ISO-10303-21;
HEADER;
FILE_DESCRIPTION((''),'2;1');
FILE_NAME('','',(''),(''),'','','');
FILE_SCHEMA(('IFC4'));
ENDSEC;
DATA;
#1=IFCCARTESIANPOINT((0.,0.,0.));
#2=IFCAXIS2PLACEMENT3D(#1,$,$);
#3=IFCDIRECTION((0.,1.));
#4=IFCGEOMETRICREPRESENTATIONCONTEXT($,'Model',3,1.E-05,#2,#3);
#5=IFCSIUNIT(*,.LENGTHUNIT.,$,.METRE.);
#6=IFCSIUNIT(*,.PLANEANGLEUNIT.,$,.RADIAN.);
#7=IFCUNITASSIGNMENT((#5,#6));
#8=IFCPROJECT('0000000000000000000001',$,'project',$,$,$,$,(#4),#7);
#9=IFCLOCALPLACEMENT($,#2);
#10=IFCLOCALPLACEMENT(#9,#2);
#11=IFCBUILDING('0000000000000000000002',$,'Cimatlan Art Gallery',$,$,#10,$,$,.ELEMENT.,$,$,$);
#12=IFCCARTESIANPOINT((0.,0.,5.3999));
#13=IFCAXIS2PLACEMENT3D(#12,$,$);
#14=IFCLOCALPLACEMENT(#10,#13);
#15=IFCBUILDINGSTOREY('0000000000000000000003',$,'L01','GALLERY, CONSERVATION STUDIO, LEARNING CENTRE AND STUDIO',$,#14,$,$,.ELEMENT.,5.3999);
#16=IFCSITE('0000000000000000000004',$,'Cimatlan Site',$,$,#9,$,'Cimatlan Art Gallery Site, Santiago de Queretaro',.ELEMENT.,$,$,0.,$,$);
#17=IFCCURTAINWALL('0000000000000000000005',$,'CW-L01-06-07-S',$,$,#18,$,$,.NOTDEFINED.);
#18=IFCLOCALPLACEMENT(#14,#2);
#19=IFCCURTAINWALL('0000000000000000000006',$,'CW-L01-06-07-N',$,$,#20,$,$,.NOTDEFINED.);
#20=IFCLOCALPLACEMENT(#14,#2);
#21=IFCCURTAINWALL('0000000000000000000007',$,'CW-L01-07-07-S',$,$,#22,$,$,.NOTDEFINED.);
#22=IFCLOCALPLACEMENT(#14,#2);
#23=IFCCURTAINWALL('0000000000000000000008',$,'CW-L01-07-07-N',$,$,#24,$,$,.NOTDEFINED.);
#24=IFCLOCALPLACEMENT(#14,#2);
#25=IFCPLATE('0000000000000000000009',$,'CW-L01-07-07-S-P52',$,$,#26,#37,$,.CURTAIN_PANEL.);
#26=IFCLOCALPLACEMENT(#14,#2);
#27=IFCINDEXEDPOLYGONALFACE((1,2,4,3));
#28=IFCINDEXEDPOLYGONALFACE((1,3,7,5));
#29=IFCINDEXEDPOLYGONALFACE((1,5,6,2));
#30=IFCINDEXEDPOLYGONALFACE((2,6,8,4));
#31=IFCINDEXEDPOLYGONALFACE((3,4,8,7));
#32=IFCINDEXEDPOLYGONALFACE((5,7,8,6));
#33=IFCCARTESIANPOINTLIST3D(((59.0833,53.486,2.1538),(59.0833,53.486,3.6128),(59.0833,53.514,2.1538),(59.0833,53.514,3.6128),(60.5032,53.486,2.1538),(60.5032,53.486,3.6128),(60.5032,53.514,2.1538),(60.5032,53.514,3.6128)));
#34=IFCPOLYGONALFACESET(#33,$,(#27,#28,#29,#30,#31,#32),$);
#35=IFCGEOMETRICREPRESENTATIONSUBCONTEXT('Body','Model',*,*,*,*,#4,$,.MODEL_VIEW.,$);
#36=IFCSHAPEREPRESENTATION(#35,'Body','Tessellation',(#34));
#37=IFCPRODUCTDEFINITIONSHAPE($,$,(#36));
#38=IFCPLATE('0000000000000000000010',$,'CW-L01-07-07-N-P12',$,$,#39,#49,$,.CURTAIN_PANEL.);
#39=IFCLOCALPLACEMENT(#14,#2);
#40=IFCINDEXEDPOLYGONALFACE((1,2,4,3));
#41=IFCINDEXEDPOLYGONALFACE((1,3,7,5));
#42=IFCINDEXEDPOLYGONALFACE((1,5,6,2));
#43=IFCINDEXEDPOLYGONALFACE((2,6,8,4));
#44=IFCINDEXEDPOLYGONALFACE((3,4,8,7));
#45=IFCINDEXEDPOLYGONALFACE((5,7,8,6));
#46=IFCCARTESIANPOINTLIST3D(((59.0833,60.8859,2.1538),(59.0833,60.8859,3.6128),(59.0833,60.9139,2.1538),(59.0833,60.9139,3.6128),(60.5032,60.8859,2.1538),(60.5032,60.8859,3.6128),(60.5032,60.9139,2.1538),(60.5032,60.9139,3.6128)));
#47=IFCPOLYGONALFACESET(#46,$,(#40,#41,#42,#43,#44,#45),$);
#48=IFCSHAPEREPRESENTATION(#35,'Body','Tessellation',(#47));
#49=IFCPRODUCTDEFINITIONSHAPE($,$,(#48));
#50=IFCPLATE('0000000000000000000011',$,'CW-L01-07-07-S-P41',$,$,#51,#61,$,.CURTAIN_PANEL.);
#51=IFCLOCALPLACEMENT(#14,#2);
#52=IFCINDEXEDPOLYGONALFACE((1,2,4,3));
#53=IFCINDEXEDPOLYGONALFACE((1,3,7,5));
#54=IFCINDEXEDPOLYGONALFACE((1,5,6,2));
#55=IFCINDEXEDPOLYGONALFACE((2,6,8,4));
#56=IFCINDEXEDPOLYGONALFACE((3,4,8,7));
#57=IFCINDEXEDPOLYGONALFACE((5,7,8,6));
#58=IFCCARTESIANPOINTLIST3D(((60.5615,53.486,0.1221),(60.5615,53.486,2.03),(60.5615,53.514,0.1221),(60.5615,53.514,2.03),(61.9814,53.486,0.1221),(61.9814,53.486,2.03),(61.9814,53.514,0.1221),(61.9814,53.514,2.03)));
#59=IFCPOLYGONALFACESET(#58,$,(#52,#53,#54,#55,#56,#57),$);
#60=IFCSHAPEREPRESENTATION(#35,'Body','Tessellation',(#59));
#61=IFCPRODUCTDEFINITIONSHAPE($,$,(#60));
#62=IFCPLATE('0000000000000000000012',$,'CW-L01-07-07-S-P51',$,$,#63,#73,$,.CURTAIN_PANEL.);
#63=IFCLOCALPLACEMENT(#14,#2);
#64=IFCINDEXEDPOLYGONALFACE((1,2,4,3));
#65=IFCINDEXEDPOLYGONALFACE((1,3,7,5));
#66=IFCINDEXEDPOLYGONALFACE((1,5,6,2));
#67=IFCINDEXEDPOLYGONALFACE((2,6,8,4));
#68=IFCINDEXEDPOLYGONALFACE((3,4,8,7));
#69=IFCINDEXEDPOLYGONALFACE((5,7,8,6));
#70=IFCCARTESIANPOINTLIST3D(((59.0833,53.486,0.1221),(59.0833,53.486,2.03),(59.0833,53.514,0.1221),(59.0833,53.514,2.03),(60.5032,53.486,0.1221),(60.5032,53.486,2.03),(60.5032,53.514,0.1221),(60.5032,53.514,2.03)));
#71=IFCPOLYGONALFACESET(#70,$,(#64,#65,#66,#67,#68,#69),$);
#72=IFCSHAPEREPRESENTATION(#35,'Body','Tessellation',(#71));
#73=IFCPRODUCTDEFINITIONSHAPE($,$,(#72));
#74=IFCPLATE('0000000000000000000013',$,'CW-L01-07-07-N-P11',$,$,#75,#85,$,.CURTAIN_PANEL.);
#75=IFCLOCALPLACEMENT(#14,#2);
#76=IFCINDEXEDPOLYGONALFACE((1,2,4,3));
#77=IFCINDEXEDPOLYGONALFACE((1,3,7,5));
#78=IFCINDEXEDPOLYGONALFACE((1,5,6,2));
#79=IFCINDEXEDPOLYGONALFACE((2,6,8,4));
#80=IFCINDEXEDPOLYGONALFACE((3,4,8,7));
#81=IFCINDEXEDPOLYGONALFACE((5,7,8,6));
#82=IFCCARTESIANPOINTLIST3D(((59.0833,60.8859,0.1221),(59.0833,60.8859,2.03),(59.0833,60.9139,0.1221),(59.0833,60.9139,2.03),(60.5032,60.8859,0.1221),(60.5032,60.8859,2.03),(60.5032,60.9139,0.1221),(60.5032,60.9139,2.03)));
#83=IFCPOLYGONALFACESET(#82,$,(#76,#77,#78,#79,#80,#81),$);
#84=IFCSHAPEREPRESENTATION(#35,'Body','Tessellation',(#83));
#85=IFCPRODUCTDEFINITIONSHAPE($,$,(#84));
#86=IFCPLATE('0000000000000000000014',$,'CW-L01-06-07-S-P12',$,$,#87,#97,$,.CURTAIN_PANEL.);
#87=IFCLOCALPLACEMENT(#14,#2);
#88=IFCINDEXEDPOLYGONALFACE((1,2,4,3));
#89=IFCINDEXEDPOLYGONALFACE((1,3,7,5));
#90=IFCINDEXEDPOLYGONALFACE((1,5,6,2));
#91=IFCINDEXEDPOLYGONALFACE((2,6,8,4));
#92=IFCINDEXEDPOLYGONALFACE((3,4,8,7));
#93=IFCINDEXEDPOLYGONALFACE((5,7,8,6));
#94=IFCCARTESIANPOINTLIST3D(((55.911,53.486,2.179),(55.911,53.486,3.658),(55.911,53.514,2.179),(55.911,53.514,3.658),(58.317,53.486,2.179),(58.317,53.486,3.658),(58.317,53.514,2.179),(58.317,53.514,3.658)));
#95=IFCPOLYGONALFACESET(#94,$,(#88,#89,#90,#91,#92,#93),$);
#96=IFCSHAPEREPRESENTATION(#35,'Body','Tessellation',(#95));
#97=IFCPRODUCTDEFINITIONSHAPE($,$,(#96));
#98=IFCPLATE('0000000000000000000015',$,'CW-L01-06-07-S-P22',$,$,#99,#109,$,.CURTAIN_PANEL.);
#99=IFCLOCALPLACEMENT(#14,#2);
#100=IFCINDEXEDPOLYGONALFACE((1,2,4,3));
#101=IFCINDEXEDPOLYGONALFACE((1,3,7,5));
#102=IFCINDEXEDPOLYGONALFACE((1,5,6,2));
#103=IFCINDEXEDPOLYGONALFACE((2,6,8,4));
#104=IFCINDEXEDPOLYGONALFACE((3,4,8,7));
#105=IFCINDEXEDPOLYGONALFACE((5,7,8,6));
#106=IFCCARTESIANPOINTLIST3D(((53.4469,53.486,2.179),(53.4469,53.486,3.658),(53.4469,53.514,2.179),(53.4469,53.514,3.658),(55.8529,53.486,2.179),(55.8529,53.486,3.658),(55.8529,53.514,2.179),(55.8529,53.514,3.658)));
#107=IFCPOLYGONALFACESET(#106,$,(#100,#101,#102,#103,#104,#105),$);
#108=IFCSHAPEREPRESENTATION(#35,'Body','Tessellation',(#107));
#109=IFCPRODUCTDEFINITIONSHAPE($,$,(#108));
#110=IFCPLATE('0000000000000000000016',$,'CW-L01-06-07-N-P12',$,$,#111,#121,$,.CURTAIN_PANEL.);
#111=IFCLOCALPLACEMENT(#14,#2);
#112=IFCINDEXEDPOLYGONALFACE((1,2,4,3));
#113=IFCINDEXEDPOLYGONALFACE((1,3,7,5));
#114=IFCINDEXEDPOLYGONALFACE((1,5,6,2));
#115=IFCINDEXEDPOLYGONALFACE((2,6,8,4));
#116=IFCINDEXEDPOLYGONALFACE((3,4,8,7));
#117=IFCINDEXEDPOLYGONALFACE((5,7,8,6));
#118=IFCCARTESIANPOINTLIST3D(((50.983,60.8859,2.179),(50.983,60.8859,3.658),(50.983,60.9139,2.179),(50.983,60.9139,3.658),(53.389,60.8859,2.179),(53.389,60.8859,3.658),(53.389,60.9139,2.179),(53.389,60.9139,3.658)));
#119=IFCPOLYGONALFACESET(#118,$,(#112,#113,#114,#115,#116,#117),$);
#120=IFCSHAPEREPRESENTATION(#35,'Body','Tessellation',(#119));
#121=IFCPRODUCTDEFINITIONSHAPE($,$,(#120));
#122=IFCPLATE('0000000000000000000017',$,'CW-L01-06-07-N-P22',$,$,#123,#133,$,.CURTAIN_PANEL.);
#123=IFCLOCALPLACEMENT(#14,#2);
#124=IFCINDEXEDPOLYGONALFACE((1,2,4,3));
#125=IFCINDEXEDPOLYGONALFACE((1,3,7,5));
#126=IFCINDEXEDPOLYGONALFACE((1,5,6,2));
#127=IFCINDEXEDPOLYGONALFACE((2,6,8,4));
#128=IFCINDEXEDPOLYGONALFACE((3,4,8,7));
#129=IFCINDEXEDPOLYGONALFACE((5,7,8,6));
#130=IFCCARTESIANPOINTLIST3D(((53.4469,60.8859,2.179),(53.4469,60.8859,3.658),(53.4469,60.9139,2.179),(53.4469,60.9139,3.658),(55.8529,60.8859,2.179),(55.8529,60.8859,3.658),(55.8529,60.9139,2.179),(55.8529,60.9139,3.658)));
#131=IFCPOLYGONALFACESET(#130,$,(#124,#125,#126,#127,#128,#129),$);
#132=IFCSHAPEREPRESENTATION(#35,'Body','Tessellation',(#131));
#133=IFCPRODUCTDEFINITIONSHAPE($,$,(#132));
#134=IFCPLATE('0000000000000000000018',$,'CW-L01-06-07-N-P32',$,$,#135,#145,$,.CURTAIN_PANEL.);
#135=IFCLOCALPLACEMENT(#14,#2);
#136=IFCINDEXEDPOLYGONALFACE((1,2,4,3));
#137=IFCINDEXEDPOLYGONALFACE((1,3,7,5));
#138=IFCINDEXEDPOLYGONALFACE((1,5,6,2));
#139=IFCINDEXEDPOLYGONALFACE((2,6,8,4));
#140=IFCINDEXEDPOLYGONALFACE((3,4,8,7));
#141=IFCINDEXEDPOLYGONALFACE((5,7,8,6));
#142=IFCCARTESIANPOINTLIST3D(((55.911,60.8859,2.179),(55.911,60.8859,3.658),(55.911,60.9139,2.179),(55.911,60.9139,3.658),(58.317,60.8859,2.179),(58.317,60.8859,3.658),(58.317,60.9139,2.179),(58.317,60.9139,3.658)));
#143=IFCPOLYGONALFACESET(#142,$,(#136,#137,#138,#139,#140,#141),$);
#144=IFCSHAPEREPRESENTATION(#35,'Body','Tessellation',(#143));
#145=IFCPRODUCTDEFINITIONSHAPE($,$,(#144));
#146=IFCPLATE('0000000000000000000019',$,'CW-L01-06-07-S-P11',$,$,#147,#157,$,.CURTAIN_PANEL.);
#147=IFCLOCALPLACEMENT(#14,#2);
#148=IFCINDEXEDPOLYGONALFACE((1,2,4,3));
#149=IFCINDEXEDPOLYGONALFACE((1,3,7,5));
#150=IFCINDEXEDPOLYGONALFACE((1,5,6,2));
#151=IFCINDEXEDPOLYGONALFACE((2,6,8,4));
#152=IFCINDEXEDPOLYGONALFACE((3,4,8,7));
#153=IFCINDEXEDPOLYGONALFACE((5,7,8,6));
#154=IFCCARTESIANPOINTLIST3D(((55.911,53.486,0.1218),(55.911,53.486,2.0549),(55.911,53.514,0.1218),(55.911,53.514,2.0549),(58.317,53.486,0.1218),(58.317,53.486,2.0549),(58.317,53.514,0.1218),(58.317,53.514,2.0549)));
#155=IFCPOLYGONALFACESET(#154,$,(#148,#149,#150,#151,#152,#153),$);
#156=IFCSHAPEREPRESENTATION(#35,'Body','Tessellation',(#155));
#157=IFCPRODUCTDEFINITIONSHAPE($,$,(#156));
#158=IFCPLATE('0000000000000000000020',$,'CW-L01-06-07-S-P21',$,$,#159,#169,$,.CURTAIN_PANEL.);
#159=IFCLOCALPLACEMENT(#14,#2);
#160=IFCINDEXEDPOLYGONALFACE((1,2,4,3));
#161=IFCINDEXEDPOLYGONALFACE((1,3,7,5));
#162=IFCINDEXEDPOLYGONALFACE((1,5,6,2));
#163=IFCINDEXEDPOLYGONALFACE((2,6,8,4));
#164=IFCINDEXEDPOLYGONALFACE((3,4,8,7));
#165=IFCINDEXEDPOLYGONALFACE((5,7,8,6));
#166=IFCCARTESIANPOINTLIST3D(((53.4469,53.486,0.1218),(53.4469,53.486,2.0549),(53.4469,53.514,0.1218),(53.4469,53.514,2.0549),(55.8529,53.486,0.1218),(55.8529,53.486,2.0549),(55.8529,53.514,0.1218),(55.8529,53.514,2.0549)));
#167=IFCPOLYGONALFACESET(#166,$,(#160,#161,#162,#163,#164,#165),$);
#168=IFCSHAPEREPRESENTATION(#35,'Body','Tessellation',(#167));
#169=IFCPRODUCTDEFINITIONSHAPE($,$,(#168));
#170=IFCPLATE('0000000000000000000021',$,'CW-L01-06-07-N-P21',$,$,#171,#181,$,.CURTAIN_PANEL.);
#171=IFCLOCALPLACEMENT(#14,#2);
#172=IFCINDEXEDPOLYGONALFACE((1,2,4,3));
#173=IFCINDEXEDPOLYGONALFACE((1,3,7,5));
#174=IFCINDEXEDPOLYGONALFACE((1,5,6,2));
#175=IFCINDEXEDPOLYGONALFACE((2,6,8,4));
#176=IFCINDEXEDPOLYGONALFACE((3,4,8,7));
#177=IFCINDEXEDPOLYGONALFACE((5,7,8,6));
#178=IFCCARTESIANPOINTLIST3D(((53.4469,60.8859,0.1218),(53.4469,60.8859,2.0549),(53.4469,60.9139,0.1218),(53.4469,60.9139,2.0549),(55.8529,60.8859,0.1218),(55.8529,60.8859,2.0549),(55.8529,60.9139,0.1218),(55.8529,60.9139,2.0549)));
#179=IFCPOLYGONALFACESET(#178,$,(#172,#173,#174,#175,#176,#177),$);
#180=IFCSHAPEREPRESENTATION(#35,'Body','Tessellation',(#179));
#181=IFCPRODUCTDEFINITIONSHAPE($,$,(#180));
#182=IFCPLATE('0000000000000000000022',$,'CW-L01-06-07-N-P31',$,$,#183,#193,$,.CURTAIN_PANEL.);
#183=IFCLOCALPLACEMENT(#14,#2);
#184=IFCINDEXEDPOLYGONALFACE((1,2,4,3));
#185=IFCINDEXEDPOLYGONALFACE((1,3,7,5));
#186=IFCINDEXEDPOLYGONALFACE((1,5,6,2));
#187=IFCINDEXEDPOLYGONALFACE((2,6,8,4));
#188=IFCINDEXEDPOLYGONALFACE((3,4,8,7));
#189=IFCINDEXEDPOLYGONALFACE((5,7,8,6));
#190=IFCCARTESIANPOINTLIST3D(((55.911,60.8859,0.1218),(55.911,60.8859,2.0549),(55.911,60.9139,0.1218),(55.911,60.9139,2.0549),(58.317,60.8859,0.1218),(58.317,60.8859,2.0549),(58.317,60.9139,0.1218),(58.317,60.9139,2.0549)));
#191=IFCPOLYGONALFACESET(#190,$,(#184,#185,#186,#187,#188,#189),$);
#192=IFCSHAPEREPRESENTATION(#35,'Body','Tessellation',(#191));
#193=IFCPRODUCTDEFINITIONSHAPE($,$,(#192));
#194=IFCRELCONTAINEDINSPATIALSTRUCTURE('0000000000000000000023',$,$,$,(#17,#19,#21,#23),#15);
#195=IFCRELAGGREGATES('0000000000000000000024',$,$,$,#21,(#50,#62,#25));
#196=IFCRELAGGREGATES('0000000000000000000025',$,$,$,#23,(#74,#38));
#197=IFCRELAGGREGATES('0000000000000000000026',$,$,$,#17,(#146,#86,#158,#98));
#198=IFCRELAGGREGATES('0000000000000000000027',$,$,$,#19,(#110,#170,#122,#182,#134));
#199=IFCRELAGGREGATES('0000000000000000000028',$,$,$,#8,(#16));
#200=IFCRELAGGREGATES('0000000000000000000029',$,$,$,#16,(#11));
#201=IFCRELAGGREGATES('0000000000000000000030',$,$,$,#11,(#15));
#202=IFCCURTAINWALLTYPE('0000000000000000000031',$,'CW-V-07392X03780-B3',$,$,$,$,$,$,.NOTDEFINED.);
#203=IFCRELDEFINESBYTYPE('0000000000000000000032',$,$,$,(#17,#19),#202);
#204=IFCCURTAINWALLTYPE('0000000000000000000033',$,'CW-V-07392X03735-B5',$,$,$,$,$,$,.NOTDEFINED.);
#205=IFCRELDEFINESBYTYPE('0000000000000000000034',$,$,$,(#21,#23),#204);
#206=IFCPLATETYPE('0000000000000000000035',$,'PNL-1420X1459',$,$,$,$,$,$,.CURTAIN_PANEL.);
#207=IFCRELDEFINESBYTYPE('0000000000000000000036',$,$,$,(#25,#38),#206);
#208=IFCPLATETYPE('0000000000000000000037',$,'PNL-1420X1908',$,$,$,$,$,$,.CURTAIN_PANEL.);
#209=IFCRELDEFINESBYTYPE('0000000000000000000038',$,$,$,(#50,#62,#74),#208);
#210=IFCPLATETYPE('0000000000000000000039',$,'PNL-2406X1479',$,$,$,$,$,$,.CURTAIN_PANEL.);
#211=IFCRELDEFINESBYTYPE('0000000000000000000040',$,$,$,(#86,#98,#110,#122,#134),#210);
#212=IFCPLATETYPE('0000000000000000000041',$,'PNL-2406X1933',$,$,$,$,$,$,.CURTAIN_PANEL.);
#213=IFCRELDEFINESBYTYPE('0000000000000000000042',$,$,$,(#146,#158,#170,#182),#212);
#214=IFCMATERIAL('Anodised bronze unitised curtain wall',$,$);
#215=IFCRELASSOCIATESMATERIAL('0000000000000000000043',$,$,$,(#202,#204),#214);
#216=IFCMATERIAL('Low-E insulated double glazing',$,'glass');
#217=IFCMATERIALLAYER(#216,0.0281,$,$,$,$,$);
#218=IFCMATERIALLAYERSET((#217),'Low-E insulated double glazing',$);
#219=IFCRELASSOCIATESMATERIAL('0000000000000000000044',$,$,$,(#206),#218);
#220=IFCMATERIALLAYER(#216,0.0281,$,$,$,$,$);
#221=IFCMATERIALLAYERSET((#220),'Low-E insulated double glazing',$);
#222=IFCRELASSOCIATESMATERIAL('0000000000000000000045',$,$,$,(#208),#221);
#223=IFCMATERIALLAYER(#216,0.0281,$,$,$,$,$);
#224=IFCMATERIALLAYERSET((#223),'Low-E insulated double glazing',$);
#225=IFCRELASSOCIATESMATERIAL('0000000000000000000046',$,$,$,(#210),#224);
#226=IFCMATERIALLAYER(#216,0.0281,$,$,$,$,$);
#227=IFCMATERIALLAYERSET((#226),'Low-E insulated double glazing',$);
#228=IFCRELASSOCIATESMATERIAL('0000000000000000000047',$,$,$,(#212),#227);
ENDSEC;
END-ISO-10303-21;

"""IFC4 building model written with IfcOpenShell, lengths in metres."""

from ifc_helpers import new_model, si_unit, direction, frame, origin, origin_2d, place, context, subcontext, project, spatial, rectangle, extrude, material, layer, layer_set, type_object, element, aggregate, save


model = new_model("IFC4")

# Units and contexts
model_context = context("Model", 3, precision=1e-05, world=origin(), true_north=direction((0.0, 1.0)))
body_context = subcontext(model_context, "Body", "Model", "MODEL_VIEW")
ifc_project = project(units=[si_unit("LENGTHUNIT", "METRE"), si_unit("PLANEANGLEUNIT", "RADIAN")], contexts=[model_context])

# Site, building, storey
site_placement = place(None, origin())
site = spatial("IfcSite", under=ifc_project, at=site_placement, Name="Cimatlan Site", LongName="Cimatlan Art Gallery Site, Santiago de Queretaro", CompositionType="ELEMENT", RefElevation=0.0)
building_placement = place(site_placement, origin())
building = spatial("IfcBuilding", under=site, at=building_placement, Name="Cimatlan Art Gallery", CompositionType="ELEMENT")
storey_placement = place(building_placement, frame((0.0, 0.0, 5.3999)))
storey = spatial("IfcBuildingStorey", under=building, at=storey_placement, Name="L01", Description="GALLERY, CONSERVATION STUDIO, LEARNING CENTRE AND STUDIO", CompositionType="ELEMENT", Elevation=5.3999)

# Curtain walls
ifc_material_1 = material(Name="Anodised bronze unitised curtain wall")
curtain_wall_type_1 = type_object("IfcCurtainWallType", Name="CW-V-07392X03780-B3", PredefinedType="NOTDEFINED", material=ifc_material_1)
curtain_wall_1_placement = place(storey_placement, origin())
curtain_wall_1 = element("IfcCurtainWall", 1, at=curtain_wall_1_placement, inside=storey, type_object=curtain_wall_type_1, Name="CW-L01-06-07-S", PredefinedType="NOTDEFINED")
curtain_wall_2_placement = place(storey_placement, origin())
curtain_wall_2 = element("IfcCurtainWall", 2, at=curtain_wall_2_placement, inside=storey, type_object=curtain_wall_type_1, Name="CW-L01-06-07-N", PredefinedType="NOTDEFINED")
curtain_wall_type_2 = type_object("IfcCurtainWallType", Name="CW-V-07392X03735-B5", PredefinedType="NOTDEFINED", material=ifc_material_1)
curtain_wall_3_placement = place(storey_placement, origin())
curtain_wall_3 = element("IfcCurtainWall", 3, at=curtain_wall_3_placement, inside=storey, type_object=curtain_wall_type_2, Name="CW-L01-07-07-S", PredefinedType="NOTDEFINED")
curtain_wall_4_placement = place(storey_placement, origin())
curtain_wall_4 = element("IfcCurtainWall", 4, at=curtain_wall_4_placement, inside=storey, type_object=curtain_wall_type_2, Name="CW-L01-07-07-N", PredefinedType="NOTDEFINED")

# Plates
ifc_material_2 = material(Name="Low-E insulated double glazing", Category="glass")
ifc_layer_1 = layer(ifc_material_2, 0.0281)
ifc_layer_set_1 = layer_set([ifc_layer_1], Name="Low-E insulated double glazing")
plate_type_1 = type_object("IfcPlateType", Name="PNL-1420X1459", PredefinedType="CURTAIN_PANEL", material=ifc_layer_set_1)
plate_1_placement = place(storey_placement, frame((59.7932, 53.5, 2.1538), z_axis=(0.0, 0.0, 1.0), x_axis=(-1.0, 0.0, 0.0)))
plate_1 = element("IfcPlate", 5, at=plate_1_placement, type_object=plate_type_1, Name="CW-L01-07-07-S-P52", PredefinedType="CURTAIN_PANEL", context=body_context, shape_type="SweptSolid", body=[
    extrude(rectangle(XDim=1.4199, YDim=0.0281, at=origin_2d()), origin(), (0.0, 0.0, 1.0), 1.459),
])
plate_2_placement = place(storey_placement, frame((59.7932, 60.8999, 2.1538), z_axis=(0.0, 0.0, 1.0), x_axis=(1.0, 0.0, 0.0)))
plate_2 = element("IfcPlate", 6, at=plate_2_placement, type_object=plate_type_1, Name="CW-L01-07-07-N-P12", PredefinedType="CURTAIN_PANEL", context=body_context, shape_type="SweptSolid", body=[
    extrude(rectangle(XDim=1.4199, YDim=0.0281, at=origin_2d()), origin(), (0.0, 0.0, 1.0), 1.459),
])
ifc_layer_2 = layer(ifc_material_2, 0.0281)
ifc_layer_set_2 = layer_set([ifc_layer_2], Name="Low-E insulated double glazing")
plate_type_2 = type_object("IfcPlateType", Name="PNL-1420X1908", PredefinedType="CURTAIN_PANEL", material=ifc_layer_set_2)
plate_3_placement = place(storey_placement, frame((61.2715, 53.5, 0.1221), z_axis=(0.0, 0.0, 1.0), x_axis=(-1.0, 0.0, 0.0)))
plate_3 = element("IfcPlate", 7, at=plate_3_placement, type_object=plate_type_2, Name="CW-L01-07-07-S-P41", PredefinedType="CURTAIN_PANEL", context=body_context, shape_type="SweptSolid", body=[
    extrude(rectangle(XDim=1.4199, YDim=0.0281, at=origin_2d()), origin(), (0.0, 0.0, 1.0), 1.908),
])
plate_4_placement = place(storey_placement, frame((59.7932, 53.5, 0.1221), z_axis=(0.0, 0.0, 1.0), x_axis=(-1.0, 0.0, 0.0)))
plate_4 = element("IfcPlate", 8, at=plate_4_placement, type_object=plate_type_2, Name="CW-L01-07-07-S-P51", PredefinedType="CURTAIN_PANEL", context=body_context, shape_type="SweptSolid", body=[
    extrude(rectangle(XDim=1.4199, YDim=0.0281, at=origin_2d()), origin(), (0.0, 0.0, 1.0), 1.908),
])
aggregate(curtain_wall_3, [plate_3, plate_4, plate_1])
plate_5_placement = place(storey_placement, frame((59.7932, 60.8999, 0.1221), z_axis=(0.0, 0.0, 1.0), x_axis=(1.0, 0.0, 0.0)))
plate_5 = element("IfcPlate", 9, at=plate_5_placement, type_object=plate_type_2, Name="CW-L01-07-07-N-P11", PredefinedType="CURTAIN_PANEL", context=body_context, shape_type="SweptSolid", body=[
    extrude(rectangle(XDim=1.4199, YDim=0.0281, at=origin_2d()), origin(), (0.0, 0.0, 1.0), 1.908),
])
aggregate(curtain_wall_4, [plate_5, plate_2])
ifc_layer_3 = layer(ifc_material_2, 0.0281)
ifc_layer_set_3 = layer_set([ifc_layer_3], Name="Low-E insulated double glazing")
plate_type_3 = type_object("IfcPlateType", Name="PNL-2406X1479", PredefinedType="CURTAIN_PANEL", material=ifc_layer_set_3)
plate_6_placement = place(storey_placement, frame((57.114, 53.5, 2.179), z_axis=(0.0, 0.0, 1.0), x_axis=(-1.0, 0.0, 0.0)))
plate_6 = element("IfcPlate", 10, at=plate_6_placement, type_object=plate_type_3, Name="CW-L01-06-07-S-P12", PredefinedType="CURTAIN_PANEL", context=body_context, shape_type="SweptSolid", body=[
    extrude(rectangle(XDim=2.406, YDim=0.0281, at=origin_2d()), origin(), (0.0, 0.0, 1.0), 1.479),
])
plate_7_placement = place(storey_placement, frame((54.6499, 53.5, 2.179), z_axis=(0.0, 0.0, 1.0), x_axis=(-1.0, 0.0, 0.0)))
plate_7 = element("IfcPlate", 11, at=plate_7_placement, type_object=plate_type_3, Name="CW-L01-06-07-S-P22", PredefinedType="CURTAIN_PANEL", context=body_context, shape_type="SweptSolid", body=[
    extrude(rectangle(XDim=2.406, YDim=0.0281, at=origin_2d()), origin(), (0.0, 0.0, 1.0), 1.479),
])
plate_8_placement = place(storey_placement, frame((52.186, 60.8999, 2.179), z_axis=(0.0, 0.0, 1.0), x_axis=(1.0, 0.0, 0.0)))
plate_8 = element("IfcPlate", 12, at=plate_8_placement, type_object=plate_type_3, Name="CW-L01-06-07-N-P12", PredefinedType="CURTAIN_PANEL", context=body_context, shape_type="SweptSolid", body=[
    extrude(rectangle(XDim=2.406, YDim=0.0281, at=origin_2d()), origin(), (0.0, 0.0, 1.0), 1.479),
])
plate_9_placement = place(storey_placement, frame((54.6499, 60.8999, 2.179), z_axis=(0.0, 0.0, 1.0), x_axis=(1.0, 0.0, 0.0)))
plate_9 = element("IfcPlate", 13, at=plate_9_placement, type_object=plate_type_3, Name="CW-L01-06-07-N-P22", PredefinedType="CURTAIN_PANEL", context=body_context, shape_type="SweptSolid", body=[
    extrude(rectangle(XDim=2.406, YDim=0.0281, at=origin_2d()), origin(), (0.0, 0.0, 1.0), 1.479),
])
plate_10_placement = place(storey_placement, frame((57.114, 60.8999, 2.179), z_axis=(0.0, 0.0, 1.0), x_axis=(1.0, 0.0, 0.0)))
plate_10 = element("IfcPlate", 14, at=plate_10_placement, type_object=plate_type_3, Name="CW-L01-06-07-N-P32", PredefinedType="CURTAIN_PANEL", context=body_context, shape_type="SweptSolid", body=[
    extrude(rectangle(XDim=2.406, YDim=0.0281, at=origin_2d()), origin(), (0.0, 0.0, 1.0), 1.479),
])
ifc_layer_4 = layer(ifc_material_2, 0.0281)
ifc_layer_set_4 = layer_set([ifc_layer_4], Name="Low-E insulated double glazing")
plate_type_4 = type_object("IfcPlateType", Name="PNL-2406X1933", PredefinedType="CURTAIN_PANEL", material=ifc_layer_set_4)
plate_11_placement = place(storey_placement, frame((57.114, 53.5, 0.1218), z_axis=(0.0, 0.0, 1.0), x_axis=(-1.0, 0.0, 0.0)))
plate_11 = element("IfcPlate", 15, at=plate_11_placement, type_object=plate_type_4, Name="CW-L01-06-07-S-P11", PredefinedType="CURTAIN_PANEL", context=body_context, shape_type="SweptSolid", body=[
    extrude(rectangle(XDim=2.406, YDim=0.0281, at=origin_2d()), origin(), (0.0, 0.0, 1.0), 1.9331),
])
plate_12_placement = place(storey_placement, frame((54.6499, 53.5, 0.1218), z_axis=(0.0, 0.0, 1.0), x_axis=(-1.0, 0.0, 0.0)))
plate_12 = element("IfcPlate", 16, at=plate_12_placement, type_object=plate_type_4, Name="CW-L01-06-07-S-P21", PredefinedType="CURTAIN_PANEL", context=body_context, shape_type="SweptSolid", body=[
    extrude(rectangle(XDim=2.406, YDim=0.0281, at=origin_2d()), origin(), (0.0, 0.0, 1.0), 1.9331),
])
aggregate(curtain_wall_1, [plate_11, plate_6, plate_12, plate_7])
plate_13_placement = place(storey_placement, frame((54.6499, 60.8999, 0.1218), z_axis=(0.0, 0.0, 1.0), x_axis=(1.0, 0.0, 0.0)))
plate_13 = element("IfcPlate", 17, at=plate_13_placement, type_object=plate_type_4, Name="CW-L01-06-07-N-P21", PredefinedType="CURTAIN_PANEL", context=body_context, shape_type="SweptSolid", body=[
    extrude(rectangle(XDim=2.406, YDim=0.0281, at=origin_2d()), origin(), (0.0, 0.0, 1.0), 1.9331),
])
plate_14_placement = place(storey_placement, frame((57.114, 60.8999, 0.1218), z_axis=(0.0, 0.0, 1.0), x_axis=(1.0, 0.0, 0.0)))
plate_14 = element("IfcPlate", 18, at=plate_14_placement, type_object=plate_type_4, Name="CW-L01-06-07-N-P31", PredefinedType="CURTAIN_PANEL", context=body_context, shape_type="SweptSolid", body=[
    extrude(rectangle(XDim=2.406, YDim=0.0281, at=origin_2d()), origin(), (0.0, 0.0, 1.0), 1.9331),
])
aggregate(curtain_wall_2, [plate_8, plate_13, plate_9, plate_14, plate_10])

save(model, "model.ifc")
